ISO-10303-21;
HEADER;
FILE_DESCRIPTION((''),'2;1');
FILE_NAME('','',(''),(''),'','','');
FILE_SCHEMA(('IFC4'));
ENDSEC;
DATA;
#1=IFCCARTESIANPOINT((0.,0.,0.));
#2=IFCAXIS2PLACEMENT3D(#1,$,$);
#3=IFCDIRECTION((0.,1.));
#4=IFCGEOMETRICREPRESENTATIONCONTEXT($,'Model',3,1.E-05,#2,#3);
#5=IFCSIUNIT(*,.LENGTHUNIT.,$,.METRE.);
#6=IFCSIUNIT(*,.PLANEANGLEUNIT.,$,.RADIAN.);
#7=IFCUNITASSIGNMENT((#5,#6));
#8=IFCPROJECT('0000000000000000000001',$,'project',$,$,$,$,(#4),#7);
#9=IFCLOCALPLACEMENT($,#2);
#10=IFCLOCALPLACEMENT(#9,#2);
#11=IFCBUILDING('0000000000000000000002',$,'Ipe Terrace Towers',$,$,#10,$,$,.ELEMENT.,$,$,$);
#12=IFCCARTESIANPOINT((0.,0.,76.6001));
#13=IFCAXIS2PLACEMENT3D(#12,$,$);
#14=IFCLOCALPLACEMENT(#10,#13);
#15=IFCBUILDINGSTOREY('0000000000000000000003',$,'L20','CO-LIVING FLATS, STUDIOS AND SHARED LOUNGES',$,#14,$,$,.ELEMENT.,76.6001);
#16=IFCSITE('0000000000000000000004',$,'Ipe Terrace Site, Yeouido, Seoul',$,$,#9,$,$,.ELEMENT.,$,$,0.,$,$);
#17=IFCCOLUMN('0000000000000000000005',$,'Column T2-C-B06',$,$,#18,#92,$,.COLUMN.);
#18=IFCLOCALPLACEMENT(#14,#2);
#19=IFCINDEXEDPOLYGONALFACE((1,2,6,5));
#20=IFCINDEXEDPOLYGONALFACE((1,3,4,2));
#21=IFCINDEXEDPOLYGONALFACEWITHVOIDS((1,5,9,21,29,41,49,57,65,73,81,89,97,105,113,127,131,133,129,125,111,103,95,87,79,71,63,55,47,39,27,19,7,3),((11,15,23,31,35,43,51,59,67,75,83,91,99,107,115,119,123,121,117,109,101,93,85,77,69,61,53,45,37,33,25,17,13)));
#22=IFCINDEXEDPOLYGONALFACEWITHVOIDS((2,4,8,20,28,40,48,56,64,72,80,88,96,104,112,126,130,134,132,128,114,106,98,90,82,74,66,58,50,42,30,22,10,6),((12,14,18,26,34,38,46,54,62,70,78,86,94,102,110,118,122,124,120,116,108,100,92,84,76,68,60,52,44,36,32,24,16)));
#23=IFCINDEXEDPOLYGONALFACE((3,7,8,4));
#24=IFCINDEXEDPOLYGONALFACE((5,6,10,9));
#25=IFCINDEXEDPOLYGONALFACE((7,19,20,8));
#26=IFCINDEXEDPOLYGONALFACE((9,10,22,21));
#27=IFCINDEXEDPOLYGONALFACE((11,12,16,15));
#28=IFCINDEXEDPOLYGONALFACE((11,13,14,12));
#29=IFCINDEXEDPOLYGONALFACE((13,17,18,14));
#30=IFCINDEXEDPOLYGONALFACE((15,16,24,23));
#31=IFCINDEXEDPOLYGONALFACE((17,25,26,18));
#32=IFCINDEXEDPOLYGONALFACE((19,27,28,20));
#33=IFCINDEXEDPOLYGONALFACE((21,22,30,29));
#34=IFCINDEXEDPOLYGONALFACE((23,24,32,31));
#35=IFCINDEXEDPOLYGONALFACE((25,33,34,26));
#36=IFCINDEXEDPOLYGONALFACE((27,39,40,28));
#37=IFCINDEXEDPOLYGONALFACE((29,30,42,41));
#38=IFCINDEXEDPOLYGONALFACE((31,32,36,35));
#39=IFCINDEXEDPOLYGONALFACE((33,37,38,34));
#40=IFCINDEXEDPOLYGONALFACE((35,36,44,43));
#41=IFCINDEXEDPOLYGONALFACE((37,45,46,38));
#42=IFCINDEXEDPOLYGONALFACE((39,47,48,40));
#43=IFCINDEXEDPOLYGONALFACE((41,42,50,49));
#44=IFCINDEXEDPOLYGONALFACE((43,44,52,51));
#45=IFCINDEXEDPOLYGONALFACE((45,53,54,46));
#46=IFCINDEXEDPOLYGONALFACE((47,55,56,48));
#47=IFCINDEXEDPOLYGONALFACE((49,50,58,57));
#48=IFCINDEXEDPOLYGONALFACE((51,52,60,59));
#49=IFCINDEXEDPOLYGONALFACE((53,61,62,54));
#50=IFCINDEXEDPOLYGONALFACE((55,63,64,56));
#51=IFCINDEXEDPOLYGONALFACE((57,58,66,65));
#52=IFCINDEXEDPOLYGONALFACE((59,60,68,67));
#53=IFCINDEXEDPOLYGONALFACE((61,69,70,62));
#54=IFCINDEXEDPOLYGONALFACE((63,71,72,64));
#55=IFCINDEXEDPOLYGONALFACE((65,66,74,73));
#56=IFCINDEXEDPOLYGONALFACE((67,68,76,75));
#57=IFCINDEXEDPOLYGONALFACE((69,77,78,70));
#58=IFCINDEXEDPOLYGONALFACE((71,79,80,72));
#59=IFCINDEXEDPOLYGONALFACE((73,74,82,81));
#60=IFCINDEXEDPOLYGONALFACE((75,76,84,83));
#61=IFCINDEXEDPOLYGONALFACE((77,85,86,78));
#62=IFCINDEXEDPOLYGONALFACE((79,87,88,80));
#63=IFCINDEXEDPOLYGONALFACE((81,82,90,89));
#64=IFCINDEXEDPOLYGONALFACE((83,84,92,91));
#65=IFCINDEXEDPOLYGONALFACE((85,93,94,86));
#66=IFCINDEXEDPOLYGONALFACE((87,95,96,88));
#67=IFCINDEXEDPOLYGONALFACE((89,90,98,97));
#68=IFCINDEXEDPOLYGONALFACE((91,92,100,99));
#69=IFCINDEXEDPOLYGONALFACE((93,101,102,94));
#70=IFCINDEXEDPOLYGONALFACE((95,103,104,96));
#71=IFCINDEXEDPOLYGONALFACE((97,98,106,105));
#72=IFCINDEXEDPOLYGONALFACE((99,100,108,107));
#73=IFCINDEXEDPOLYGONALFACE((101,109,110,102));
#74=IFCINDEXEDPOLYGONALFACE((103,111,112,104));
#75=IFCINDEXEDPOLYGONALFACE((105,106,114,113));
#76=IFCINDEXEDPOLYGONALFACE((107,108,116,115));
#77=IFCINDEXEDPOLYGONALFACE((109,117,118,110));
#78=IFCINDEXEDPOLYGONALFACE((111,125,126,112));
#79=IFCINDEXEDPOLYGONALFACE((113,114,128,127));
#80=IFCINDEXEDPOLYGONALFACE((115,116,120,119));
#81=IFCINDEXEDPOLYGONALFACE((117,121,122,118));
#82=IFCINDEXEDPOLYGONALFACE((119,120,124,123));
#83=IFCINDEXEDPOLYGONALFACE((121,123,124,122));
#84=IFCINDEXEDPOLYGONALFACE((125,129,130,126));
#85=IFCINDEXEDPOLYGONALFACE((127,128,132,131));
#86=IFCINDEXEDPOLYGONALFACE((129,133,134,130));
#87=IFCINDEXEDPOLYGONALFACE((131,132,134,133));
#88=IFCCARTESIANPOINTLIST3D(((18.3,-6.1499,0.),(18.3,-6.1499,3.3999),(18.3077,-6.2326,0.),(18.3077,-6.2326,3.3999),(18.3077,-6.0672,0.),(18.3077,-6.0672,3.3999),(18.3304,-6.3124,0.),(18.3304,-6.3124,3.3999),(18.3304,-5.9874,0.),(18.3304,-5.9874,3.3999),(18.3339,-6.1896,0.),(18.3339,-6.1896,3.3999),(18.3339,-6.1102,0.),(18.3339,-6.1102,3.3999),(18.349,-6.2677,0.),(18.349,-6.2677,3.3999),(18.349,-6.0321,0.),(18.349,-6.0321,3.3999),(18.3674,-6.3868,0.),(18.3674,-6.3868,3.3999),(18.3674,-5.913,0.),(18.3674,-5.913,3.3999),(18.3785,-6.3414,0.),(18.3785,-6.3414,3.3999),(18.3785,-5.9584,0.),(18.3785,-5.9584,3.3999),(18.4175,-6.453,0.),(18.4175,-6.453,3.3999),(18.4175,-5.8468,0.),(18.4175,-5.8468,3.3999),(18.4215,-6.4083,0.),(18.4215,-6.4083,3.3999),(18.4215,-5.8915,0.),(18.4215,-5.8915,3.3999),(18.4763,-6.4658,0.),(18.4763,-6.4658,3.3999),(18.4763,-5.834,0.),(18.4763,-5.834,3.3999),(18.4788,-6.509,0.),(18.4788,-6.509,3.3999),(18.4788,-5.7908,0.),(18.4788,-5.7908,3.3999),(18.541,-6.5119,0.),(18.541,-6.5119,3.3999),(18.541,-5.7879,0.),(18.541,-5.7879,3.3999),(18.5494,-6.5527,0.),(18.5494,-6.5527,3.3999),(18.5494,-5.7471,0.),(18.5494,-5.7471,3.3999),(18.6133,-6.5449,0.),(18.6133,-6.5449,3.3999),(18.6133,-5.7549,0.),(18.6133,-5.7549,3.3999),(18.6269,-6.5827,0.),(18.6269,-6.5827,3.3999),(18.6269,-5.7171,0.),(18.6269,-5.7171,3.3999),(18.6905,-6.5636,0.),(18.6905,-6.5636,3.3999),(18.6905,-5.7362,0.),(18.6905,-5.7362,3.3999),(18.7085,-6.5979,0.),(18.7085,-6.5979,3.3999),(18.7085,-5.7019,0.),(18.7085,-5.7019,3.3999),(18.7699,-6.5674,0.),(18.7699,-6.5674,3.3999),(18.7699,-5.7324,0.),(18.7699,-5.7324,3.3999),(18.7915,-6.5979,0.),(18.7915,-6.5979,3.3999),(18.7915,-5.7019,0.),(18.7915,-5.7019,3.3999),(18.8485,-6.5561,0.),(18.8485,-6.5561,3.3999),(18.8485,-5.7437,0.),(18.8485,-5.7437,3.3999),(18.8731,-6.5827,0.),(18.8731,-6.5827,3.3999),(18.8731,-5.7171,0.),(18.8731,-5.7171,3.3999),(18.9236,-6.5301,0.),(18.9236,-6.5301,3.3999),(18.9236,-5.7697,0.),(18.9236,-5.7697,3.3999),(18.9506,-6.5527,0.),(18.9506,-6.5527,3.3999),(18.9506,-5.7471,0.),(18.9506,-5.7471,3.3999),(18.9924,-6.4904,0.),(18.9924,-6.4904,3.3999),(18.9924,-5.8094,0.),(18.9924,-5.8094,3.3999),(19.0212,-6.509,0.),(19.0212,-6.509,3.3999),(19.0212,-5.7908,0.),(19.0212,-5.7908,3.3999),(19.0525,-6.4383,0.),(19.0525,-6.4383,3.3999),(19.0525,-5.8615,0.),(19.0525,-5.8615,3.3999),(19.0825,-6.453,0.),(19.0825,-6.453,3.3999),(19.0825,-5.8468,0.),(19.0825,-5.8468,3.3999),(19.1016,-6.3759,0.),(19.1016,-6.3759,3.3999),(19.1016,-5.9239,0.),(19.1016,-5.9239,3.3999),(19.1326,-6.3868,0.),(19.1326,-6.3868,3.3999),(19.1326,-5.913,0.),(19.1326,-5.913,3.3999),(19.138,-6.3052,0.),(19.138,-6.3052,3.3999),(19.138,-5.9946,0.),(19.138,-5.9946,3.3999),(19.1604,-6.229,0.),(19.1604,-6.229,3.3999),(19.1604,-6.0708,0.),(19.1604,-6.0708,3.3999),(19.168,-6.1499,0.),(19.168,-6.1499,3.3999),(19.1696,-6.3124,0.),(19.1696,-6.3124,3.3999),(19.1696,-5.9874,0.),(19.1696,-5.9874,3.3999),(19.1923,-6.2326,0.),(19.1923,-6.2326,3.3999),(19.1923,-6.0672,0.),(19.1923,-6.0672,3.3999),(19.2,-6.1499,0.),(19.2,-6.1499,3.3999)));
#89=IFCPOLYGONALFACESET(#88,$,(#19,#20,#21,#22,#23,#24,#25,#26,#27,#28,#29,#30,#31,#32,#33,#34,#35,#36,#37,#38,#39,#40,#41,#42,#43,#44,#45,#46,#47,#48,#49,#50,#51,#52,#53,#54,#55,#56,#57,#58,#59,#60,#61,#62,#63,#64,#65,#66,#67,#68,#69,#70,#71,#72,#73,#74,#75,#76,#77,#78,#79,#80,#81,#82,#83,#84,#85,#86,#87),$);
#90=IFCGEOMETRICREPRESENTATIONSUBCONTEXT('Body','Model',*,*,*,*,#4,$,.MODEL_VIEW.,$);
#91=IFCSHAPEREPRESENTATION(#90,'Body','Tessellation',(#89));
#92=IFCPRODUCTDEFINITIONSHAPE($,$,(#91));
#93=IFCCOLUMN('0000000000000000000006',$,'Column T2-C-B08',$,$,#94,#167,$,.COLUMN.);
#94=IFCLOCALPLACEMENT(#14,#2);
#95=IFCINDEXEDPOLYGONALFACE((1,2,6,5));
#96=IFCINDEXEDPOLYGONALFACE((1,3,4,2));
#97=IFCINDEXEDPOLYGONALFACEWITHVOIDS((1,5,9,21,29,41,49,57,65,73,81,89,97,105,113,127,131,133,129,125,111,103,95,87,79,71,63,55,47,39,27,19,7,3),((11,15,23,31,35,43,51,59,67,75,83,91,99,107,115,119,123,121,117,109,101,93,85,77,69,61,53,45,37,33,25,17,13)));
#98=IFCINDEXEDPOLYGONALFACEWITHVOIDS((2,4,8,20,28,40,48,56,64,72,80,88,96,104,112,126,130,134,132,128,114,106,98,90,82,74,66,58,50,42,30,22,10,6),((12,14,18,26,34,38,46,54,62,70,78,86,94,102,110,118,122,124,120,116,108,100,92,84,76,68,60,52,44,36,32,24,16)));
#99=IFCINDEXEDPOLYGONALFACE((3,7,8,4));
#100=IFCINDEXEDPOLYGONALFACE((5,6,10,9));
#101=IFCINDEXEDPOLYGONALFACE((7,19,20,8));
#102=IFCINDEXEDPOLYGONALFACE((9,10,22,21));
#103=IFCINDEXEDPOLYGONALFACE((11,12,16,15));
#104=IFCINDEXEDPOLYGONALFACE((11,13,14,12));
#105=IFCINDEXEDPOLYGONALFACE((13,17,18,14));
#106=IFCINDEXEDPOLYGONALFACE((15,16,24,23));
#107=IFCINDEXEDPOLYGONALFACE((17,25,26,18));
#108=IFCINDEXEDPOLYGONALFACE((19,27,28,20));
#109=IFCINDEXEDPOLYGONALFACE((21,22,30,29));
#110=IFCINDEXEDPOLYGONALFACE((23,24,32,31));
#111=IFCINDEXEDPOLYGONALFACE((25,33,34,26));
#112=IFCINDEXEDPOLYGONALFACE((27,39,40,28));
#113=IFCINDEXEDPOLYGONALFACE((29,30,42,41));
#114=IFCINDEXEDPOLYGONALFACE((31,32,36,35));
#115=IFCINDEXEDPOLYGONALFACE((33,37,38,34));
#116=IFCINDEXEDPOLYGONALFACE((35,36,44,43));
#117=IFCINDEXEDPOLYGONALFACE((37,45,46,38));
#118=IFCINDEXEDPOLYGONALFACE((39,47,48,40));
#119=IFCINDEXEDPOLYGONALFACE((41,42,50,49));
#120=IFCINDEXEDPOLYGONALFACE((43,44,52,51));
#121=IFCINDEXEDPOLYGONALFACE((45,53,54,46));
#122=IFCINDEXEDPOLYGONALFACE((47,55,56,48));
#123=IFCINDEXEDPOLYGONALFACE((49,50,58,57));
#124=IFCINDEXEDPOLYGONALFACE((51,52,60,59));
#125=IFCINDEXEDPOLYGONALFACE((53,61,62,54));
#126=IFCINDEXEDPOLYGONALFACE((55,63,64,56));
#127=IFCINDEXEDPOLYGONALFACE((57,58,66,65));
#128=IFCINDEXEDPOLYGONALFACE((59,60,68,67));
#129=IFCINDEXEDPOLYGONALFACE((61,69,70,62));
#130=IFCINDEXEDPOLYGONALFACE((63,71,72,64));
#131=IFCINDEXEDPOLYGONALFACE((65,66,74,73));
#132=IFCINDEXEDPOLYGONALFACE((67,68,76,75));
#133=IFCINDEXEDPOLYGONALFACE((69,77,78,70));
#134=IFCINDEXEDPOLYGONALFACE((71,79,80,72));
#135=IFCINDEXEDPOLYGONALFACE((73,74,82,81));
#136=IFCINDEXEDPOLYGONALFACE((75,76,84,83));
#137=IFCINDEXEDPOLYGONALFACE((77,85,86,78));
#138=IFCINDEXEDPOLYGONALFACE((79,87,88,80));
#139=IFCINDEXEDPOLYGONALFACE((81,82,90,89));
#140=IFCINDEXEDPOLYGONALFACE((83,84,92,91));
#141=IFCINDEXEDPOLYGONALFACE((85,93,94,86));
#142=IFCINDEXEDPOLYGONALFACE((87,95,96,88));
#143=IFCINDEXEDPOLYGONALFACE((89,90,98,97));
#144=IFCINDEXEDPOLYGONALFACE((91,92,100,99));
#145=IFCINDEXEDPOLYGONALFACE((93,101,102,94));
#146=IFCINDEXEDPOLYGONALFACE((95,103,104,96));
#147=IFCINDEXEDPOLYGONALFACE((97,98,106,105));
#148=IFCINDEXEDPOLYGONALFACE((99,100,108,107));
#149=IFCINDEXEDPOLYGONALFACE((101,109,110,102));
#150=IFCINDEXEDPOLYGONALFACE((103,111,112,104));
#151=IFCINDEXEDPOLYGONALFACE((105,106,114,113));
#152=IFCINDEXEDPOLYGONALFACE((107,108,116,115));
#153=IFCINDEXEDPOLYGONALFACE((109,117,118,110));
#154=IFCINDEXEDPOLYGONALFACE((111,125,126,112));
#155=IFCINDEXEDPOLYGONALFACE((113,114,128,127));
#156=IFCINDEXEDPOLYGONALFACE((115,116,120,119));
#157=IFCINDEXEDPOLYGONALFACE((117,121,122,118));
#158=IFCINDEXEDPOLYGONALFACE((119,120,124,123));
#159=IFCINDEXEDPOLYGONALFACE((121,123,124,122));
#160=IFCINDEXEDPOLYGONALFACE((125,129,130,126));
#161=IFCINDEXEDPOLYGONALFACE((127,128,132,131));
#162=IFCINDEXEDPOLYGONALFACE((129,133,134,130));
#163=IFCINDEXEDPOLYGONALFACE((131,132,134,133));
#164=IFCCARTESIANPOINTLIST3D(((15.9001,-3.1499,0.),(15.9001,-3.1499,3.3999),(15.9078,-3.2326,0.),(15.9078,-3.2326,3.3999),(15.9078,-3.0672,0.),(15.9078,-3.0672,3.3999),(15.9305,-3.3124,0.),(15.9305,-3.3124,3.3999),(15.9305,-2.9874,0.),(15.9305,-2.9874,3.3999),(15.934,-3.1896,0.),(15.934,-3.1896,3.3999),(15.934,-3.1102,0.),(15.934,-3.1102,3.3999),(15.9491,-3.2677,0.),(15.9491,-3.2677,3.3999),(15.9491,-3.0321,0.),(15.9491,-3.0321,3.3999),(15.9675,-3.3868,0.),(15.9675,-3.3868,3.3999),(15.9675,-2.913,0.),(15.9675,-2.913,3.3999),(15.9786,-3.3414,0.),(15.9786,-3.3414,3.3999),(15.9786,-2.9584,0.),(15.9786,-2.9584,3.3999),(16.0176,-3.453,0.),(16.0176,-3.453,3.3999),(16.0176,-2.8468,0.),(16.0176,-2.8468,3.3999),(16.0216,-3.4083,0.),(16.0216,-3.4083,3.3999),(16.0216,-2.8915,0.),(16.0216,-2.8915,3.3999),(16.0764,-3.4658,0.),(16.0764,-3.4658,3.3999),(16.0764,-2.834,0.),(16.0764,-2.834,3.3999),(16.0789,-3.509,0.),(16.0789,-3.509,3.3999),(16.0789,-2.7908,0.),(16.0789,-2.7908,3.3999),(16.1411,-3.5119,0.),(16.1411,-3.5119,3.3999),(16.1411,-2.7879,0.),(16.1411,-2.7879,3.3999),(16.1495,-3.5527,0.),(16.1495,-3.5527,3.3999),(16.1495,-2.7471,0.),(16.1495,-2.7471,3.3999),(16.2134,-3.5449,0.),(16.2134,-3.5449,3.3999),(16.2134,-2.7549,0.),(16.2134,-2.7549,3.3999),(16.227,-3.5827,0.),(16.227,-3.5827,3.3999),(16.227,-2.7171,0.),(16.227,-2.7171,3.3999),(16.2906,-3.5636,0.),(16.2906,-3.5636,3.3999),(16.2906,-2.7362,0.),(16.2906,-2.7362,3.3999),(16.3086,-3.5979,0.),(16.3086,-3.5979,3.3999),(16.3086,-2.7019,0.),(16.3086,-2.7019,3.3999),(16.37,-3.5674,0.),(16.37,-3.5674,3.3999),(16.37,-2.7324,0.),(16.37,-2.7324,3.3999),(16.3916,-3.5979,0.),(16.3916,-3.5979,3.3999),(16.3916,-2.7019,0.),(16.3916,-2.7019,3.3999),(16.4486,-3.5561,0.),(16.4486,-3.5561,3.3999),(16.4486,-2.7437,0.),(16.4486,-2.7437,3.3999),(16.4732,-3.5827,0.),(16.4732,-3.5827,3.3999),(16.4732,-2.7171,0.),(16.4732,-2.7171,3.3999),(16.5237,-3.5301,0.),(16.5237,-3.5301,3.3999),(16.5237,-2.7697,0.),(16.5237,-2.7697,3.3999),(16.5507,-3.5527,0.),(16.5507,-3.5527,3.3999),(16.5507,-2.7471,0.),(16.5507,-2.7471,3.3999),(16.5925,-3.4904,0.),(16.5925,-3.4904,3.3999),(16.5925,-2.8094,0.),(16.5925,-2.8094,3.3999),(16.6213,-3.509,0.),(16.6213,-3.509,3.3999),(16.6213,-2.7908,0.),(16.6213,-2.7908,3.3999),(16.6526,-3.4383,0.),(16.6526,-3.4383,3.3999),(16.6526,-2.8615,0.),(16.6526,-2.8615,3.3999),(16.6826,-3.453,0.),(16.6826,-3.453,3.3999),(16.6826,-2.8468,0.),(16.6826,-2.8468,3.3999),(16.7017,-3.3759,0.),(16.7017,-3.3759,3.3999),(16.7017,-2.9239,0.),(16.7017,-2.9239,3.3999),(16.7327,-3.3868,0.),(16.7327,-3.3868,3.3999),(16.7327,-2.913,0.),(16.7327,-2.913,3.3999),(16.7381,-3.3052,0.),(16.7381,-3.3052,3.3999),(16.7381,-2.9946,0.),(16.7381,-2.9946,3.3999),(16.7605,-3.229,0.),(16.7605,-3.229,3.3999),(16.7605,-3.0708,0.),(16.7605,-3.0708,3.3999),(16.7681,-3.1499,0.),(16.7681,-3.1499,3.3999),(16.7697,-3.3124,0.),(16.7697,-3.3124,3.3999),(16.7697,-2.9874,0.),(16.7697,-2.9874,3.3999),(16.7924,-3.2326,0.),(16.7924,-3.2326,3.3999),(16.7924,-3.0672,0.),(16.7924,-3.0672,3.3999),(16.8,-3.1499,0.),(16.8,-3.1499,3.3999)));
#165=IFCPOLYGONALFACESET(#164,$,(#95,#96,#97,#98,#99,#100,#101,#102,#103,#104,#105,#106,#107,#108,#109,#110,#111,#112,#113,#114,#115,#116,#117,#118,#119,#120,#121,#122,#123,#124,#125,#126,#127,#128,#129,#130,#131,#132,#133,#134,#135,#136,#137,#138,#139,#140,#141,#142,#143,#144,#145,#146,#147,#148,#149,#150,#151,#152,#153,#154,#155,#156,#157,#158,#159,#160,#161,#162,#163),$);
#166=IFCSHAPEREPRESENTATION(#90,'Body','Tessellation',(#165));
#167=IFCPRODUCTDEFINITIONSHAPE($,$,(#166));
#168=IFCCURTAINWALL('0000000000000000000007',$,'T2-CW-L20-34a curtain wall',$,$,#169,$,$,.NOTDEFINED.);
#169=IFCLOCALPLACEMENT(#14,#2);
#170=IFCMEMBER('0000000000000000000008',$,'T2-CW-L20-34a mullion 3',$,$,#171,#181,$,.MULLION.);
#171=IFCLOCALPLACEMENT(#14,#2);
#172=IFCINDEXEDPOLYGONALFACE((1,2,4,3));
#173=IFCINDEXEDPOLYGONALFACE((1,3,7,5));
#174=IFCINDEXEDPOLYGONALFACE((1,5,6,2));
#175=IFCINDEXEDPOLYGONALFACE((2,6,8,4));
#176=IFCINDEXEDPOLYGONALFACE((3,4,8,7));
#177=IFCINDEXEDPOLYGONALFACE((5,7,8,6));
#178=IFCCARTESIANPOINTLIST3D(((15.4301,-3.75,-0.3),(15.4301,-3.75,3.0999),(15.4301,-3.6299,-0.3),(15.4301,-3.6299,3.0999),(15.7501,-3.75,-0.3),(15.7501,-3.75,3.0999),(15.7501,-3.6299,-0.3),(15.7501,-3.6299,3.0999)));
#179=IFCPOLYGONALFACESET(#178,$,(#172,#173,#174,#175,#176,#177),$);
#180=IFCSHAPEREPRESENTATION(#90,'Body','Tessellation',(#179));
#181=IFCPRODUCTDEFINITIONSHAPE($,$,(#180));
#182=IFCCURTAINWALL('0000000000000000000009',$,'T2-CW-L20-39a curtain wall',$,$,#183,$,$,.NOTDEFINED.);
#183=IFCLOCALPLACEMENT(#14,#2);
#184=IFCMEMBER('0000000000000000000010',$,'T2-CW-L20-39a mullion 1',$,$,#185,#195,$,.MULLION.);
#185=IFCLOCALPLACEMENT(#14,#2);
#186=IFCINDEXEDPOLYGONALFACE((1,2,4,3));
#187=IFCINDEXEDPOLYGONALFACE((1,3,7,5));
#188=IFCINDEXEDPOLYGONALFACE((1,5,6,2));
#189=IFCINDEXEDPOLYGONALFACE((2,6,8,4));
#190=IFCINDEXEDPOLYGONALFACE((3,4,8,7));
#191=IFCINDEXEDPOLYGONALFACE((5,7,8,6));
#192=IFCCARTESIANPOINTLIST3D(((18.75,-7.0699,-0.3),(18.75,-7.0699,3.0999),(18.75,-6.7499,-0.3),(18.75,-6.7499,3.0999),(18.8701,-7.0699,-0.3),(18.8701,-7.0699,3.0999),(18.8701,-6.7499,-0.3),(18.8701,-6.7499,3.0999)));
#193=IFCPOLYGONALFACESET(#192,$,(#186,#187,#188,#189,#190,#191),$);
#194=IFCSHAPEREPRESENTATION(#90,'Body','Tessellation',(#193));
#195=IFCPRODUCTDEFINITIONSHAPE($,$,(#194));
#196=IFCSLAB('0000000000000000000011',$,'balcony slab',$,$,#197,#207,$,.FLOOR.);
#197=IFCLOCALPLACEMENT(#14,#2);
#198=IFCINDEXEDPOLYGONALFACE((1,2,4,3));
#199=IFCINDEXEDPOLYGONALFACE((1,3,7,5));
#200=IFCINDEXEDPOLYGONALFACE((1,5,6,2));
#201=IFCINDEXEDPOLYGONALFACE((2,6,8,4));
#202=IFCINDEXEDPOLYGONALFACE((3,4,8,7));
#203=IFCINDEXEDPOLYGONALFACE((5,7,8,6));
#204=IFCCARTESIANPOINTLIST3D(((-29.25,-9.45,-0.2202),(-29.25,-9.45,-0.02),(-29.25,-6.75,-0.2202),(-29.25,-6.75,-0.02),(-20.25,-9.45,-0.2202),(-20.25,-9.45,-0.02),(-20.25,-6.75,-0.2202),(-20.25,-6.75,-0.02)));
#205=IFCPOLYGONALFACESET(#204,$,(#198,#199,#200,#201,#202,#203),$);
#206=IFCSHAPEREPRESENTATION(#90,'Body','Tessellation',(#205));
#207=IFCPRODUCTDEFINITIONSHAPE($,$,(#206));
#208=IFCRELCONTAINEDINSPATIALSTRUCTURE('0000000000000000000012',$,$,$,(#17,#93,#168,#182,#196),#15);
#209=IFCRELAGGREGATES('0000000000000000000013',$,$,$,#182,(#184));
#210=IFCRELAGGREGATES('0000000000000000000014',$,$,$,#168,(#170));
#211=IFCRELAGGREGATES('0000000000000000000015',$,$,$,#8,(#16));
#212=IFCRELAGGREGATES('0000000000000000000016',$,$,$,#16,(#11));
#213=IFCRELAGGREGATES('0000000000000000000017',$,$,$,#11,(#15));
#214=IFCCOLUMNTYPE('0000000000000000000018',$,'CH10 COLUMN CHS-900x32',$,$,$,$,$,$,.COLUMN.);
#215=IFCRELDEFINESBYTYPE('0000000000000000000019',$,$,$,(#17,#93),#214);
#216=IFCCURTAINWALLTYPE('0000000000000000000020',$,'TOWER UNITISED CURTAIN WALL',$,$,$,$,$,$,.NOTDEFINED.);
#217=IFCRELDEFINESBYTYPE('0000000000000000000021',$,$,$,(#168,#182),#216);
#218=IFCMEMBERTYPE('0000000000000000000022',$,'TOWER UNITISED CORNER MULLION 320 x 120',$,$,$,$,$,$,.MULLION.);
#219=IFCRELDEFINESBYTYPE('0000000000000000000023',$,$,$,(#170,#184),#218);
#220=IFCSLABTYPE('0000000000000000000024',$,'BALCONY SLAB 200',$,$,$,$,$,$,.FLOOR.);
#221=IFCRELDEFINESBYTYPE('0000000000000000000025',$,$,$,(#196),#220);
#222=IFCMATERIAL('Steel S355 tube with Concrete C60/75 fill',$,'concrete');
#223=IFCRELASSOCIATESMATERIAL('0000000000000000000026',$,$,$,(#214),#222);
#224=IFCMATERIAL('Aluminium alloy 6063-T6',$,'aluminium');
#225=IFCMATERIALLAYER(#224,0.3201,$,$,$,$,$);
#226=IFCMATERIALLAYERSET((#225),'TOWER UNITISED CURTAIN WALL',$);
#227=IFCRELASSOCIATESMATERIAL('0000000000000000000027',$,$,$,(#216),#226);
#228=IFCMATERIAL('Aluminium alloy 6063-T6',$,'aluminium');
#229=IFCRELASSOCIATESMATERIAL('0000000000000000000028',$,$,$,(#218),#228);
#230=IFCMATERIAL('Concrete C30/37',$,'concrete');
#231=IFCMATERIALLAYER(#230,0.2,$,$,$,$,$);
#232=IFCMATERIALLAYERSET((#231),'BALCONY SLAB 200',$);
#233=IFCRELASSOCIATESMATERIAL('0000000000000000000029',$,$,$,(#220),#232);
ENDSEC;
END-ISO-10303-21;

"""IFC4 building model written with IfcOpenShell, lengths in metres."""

from ifc_helpers import new_model, si_unit, direction, frame, origin, origin_2d, place, context, subcontext, project, spatial, polyline, rectangle, hollow_circle, outline, extrude, material, layer, layer_set, material_profile, profile_set, type_object, element, aggregate, save


model = new_model("IFC4")

# Units and contexts
model_context = context("Model", 3, precision=1e-05, world=origin(), true_north=direction((0.0, 1.0)))
body_context = subcontext(model_context, "Body", "Model", "MODEL_VIEW")
ifc_project = project(units=[si_unit("LENGTHUNIT", "METRE"), si_unit("PLANEANGLEUNIT", "RADIAN")], contexts=[model_context])

# Site, building, storey
site_placement = place(None, origin())
site = spatial("IfcSite", under=ifc_project, at=site_placement, Name="Ipe Terrace Site, Yeouido, Seoul", CompositionType="ELEMENT", RefElevation=0.0)
building_placement = place(site_placement, origin())
building = spatial("IfcBuilding", under=site, at=building_placement, Name="Ipe Terrace Towers", CompositionType="ELEMENT")
storey_placement = place(building_placement, frame((0.0, 0.0, 76.6001)))
storey = spatial("IfcBuildingStorey", under=building, at=storey_placement, Name="L20", Description="CO-LIVING FLATS, STUDIOS AND SHARED LOUNGES", CompositionType="ELEMENT", Elevation=76.6001)

# Columns
ifc_material_1 = material(Name="Steel S355 tube with Concrete C60/75 fill", Category="concrete")
ifc_material_profile_1 = material_profile(ifc_material_1, hollow_circle(Radius=0.45, WallThickness=0.032, at=origin_2d()), Name="CHS-900x32")
ifc_profile_set_1 = profile_set([ifc_material_profile_1], Name="Steel S355 tube with Concrete C60/75 fill")
column_type = type_object("IfcColumnType", Name="CH10 COLUMN CHS-900x32", PredefinedType="COLUMN", material=ifc_profile_set_1)
for number, where, z_axis, x_axis, name in (
    (1, (18.75, -6.1499, 0.0), (0.0, 0.0, 1.0), (1.0, 0.0, 0.0), "Column T2-C-B06"),
    (2, (16.3501, -3.1499, 0.0), (0.0, 0.0, 1.0), (1.0, 0.0, 0.0), "Column T2-C-B08"),
):
    element("IfcColumn", number, at=place(storey_placement, frame(where, z_axis=z_axis, x_axis=x_axis)), inside=storey, type_object=column_type, Name=name, PredefinedType="COLUMN", context=body_context, shape_type="SweptSolid", body=[
        extrude(hollow_circle(Radius=0.45, WallThickness=0.032, at=origin_2d()), origin(), (0.0, 0.0, 1.0), 3.3999),
    ])

# Curtain walls, members
ifc_material_2 = material(Name="Aluminium alloy 6063-T6", Category="aluminium")
ifc_layer_1 = layer(ifc_material_2, 0.3201)
ifc_layer_set_1 = layer_set([ifc_layer_1], Name="TOWER UNITISED CURTAIN WALL")
curtain_wall_type = type_object("IfcCurtainWallType", Name="TOWER UNITISED CURTAIN WALL", PredefinedType="NOTDEFINED", material=ifc_layer_set_1)
curtain_wall_1_placement = place(storey_placement, origin())
curtain_wall_1 = element("IfcCurtainWall", 3, at=curtain_wall_1_placement, inside=storey, type_object=curtain_wall_type, Name="T2-CW-L20-34a curtain wall", PredefinedType="NOTDEFINED")
ifc_material_3 = material(Name="Aluminium alloy 6063-T6", Category="aluminium")
ifc_material_profile_2 = material_profile(ifc_material_3, rectangle(XDim=0.3201, YDim=0.1201, at=origin_2d()), Name="TOWER UNITISED CORNER MULLION 320 x 120")
ifc_profile_set_2 = profile_set([ifc_material_profile_2], Name="Aluminium alloy 6063-T6")
member_type = type_object("IfcMemberType", Name="TOWER UNITISED CORNER MULLION 320 x 120", PredefinedType="MULLION", material=ifc_profile_set_2)
member_1_placement = place(storey_placement, frame((15.5901, -3.6899, -0.3), z_axis=(0.0, 0.0, 1.0), x_axis=(-1.0, 0.0, 0.0)))
member_1 = element("IfcMember", 4, at=member_1_placement, type_object=member_type, Name="T2-CW-L20-34a mullion 3", PredefinedType="MULLION", context=body_context, shape_type="SweptSolid", body=[
    extrude(rectangle(XDim=0.3201, YDim=0.1201, at=origin_2d()), origin(), (0.0, 0.0, 1.0), 3.3999),
])
curtain_wall_2_placement = place(storey_placement, origin())
curtain_wall_2 = element("IfcCurtainWall", 5, at=curtain_wall_2_placement, inside=storey, type_object=curtain_wall_type, Name="T2-CW-L20-39a curtain wall", PredefinedType="NOTDEFINED")
member_2_placement = place(storey_placement, frame((18.8101, -6.9099, -0.3), z_axis=(0.0, 0.0, 1.0), x_axis=(0.0, -1.0, 0.0)))
member_2 = element("IfcMember", 6, at=member_2_placement, type_object=member_type, Name="T2-CW-L20-39a mullion 1", PredefinedType="MULLION", context=body_context, shape_type="SweptSolid", body=[
    extrude(rectangle(XDim=0.3201, YDim=0.1201, at=origin_2d()), origin(), (0.0, 0.0, 1.0), 3.3999),
])
aggregate(curtain_wall_2, [member_2])

# Slab
ifc_material_4 = material(Name="Concrete C30/37", Category="concrete")
ifc_layer_2 = layer(ifc_material_4, 0.2)
ifc_layer_set_2 = layer_set([ifc_layer_2], Name="BALCONY SLAB 200")
slab_type_1 = type_object("IfcSlabType", Name="BALCONY SLAB 200", PredefinedType="FLOOR", material=ifc_layer_set_2)
slab_1_placement = place(storey_placement, frame((0.0, 0.0, -0.2202)))
element("IfcSlab", 7, at=slab_1_placement, inside=storey, type_object=slab_type_1, Name="balcony slab", PredefinedType="FLOOR", context=body_context, shape_type="SweptSolid", body=[
    extrude(outline(polyline([(-20.25, -6.75), (-29.25, -6.75), (-29.25, -9.45), (-20.25, -9.45), (-20.25, -6.75)])), origin(), (0.0, 0.0, 1.0), 0.2002),
])

aggregate(curtain_wall_1, [member_1])

save(model, "model.ifc")
